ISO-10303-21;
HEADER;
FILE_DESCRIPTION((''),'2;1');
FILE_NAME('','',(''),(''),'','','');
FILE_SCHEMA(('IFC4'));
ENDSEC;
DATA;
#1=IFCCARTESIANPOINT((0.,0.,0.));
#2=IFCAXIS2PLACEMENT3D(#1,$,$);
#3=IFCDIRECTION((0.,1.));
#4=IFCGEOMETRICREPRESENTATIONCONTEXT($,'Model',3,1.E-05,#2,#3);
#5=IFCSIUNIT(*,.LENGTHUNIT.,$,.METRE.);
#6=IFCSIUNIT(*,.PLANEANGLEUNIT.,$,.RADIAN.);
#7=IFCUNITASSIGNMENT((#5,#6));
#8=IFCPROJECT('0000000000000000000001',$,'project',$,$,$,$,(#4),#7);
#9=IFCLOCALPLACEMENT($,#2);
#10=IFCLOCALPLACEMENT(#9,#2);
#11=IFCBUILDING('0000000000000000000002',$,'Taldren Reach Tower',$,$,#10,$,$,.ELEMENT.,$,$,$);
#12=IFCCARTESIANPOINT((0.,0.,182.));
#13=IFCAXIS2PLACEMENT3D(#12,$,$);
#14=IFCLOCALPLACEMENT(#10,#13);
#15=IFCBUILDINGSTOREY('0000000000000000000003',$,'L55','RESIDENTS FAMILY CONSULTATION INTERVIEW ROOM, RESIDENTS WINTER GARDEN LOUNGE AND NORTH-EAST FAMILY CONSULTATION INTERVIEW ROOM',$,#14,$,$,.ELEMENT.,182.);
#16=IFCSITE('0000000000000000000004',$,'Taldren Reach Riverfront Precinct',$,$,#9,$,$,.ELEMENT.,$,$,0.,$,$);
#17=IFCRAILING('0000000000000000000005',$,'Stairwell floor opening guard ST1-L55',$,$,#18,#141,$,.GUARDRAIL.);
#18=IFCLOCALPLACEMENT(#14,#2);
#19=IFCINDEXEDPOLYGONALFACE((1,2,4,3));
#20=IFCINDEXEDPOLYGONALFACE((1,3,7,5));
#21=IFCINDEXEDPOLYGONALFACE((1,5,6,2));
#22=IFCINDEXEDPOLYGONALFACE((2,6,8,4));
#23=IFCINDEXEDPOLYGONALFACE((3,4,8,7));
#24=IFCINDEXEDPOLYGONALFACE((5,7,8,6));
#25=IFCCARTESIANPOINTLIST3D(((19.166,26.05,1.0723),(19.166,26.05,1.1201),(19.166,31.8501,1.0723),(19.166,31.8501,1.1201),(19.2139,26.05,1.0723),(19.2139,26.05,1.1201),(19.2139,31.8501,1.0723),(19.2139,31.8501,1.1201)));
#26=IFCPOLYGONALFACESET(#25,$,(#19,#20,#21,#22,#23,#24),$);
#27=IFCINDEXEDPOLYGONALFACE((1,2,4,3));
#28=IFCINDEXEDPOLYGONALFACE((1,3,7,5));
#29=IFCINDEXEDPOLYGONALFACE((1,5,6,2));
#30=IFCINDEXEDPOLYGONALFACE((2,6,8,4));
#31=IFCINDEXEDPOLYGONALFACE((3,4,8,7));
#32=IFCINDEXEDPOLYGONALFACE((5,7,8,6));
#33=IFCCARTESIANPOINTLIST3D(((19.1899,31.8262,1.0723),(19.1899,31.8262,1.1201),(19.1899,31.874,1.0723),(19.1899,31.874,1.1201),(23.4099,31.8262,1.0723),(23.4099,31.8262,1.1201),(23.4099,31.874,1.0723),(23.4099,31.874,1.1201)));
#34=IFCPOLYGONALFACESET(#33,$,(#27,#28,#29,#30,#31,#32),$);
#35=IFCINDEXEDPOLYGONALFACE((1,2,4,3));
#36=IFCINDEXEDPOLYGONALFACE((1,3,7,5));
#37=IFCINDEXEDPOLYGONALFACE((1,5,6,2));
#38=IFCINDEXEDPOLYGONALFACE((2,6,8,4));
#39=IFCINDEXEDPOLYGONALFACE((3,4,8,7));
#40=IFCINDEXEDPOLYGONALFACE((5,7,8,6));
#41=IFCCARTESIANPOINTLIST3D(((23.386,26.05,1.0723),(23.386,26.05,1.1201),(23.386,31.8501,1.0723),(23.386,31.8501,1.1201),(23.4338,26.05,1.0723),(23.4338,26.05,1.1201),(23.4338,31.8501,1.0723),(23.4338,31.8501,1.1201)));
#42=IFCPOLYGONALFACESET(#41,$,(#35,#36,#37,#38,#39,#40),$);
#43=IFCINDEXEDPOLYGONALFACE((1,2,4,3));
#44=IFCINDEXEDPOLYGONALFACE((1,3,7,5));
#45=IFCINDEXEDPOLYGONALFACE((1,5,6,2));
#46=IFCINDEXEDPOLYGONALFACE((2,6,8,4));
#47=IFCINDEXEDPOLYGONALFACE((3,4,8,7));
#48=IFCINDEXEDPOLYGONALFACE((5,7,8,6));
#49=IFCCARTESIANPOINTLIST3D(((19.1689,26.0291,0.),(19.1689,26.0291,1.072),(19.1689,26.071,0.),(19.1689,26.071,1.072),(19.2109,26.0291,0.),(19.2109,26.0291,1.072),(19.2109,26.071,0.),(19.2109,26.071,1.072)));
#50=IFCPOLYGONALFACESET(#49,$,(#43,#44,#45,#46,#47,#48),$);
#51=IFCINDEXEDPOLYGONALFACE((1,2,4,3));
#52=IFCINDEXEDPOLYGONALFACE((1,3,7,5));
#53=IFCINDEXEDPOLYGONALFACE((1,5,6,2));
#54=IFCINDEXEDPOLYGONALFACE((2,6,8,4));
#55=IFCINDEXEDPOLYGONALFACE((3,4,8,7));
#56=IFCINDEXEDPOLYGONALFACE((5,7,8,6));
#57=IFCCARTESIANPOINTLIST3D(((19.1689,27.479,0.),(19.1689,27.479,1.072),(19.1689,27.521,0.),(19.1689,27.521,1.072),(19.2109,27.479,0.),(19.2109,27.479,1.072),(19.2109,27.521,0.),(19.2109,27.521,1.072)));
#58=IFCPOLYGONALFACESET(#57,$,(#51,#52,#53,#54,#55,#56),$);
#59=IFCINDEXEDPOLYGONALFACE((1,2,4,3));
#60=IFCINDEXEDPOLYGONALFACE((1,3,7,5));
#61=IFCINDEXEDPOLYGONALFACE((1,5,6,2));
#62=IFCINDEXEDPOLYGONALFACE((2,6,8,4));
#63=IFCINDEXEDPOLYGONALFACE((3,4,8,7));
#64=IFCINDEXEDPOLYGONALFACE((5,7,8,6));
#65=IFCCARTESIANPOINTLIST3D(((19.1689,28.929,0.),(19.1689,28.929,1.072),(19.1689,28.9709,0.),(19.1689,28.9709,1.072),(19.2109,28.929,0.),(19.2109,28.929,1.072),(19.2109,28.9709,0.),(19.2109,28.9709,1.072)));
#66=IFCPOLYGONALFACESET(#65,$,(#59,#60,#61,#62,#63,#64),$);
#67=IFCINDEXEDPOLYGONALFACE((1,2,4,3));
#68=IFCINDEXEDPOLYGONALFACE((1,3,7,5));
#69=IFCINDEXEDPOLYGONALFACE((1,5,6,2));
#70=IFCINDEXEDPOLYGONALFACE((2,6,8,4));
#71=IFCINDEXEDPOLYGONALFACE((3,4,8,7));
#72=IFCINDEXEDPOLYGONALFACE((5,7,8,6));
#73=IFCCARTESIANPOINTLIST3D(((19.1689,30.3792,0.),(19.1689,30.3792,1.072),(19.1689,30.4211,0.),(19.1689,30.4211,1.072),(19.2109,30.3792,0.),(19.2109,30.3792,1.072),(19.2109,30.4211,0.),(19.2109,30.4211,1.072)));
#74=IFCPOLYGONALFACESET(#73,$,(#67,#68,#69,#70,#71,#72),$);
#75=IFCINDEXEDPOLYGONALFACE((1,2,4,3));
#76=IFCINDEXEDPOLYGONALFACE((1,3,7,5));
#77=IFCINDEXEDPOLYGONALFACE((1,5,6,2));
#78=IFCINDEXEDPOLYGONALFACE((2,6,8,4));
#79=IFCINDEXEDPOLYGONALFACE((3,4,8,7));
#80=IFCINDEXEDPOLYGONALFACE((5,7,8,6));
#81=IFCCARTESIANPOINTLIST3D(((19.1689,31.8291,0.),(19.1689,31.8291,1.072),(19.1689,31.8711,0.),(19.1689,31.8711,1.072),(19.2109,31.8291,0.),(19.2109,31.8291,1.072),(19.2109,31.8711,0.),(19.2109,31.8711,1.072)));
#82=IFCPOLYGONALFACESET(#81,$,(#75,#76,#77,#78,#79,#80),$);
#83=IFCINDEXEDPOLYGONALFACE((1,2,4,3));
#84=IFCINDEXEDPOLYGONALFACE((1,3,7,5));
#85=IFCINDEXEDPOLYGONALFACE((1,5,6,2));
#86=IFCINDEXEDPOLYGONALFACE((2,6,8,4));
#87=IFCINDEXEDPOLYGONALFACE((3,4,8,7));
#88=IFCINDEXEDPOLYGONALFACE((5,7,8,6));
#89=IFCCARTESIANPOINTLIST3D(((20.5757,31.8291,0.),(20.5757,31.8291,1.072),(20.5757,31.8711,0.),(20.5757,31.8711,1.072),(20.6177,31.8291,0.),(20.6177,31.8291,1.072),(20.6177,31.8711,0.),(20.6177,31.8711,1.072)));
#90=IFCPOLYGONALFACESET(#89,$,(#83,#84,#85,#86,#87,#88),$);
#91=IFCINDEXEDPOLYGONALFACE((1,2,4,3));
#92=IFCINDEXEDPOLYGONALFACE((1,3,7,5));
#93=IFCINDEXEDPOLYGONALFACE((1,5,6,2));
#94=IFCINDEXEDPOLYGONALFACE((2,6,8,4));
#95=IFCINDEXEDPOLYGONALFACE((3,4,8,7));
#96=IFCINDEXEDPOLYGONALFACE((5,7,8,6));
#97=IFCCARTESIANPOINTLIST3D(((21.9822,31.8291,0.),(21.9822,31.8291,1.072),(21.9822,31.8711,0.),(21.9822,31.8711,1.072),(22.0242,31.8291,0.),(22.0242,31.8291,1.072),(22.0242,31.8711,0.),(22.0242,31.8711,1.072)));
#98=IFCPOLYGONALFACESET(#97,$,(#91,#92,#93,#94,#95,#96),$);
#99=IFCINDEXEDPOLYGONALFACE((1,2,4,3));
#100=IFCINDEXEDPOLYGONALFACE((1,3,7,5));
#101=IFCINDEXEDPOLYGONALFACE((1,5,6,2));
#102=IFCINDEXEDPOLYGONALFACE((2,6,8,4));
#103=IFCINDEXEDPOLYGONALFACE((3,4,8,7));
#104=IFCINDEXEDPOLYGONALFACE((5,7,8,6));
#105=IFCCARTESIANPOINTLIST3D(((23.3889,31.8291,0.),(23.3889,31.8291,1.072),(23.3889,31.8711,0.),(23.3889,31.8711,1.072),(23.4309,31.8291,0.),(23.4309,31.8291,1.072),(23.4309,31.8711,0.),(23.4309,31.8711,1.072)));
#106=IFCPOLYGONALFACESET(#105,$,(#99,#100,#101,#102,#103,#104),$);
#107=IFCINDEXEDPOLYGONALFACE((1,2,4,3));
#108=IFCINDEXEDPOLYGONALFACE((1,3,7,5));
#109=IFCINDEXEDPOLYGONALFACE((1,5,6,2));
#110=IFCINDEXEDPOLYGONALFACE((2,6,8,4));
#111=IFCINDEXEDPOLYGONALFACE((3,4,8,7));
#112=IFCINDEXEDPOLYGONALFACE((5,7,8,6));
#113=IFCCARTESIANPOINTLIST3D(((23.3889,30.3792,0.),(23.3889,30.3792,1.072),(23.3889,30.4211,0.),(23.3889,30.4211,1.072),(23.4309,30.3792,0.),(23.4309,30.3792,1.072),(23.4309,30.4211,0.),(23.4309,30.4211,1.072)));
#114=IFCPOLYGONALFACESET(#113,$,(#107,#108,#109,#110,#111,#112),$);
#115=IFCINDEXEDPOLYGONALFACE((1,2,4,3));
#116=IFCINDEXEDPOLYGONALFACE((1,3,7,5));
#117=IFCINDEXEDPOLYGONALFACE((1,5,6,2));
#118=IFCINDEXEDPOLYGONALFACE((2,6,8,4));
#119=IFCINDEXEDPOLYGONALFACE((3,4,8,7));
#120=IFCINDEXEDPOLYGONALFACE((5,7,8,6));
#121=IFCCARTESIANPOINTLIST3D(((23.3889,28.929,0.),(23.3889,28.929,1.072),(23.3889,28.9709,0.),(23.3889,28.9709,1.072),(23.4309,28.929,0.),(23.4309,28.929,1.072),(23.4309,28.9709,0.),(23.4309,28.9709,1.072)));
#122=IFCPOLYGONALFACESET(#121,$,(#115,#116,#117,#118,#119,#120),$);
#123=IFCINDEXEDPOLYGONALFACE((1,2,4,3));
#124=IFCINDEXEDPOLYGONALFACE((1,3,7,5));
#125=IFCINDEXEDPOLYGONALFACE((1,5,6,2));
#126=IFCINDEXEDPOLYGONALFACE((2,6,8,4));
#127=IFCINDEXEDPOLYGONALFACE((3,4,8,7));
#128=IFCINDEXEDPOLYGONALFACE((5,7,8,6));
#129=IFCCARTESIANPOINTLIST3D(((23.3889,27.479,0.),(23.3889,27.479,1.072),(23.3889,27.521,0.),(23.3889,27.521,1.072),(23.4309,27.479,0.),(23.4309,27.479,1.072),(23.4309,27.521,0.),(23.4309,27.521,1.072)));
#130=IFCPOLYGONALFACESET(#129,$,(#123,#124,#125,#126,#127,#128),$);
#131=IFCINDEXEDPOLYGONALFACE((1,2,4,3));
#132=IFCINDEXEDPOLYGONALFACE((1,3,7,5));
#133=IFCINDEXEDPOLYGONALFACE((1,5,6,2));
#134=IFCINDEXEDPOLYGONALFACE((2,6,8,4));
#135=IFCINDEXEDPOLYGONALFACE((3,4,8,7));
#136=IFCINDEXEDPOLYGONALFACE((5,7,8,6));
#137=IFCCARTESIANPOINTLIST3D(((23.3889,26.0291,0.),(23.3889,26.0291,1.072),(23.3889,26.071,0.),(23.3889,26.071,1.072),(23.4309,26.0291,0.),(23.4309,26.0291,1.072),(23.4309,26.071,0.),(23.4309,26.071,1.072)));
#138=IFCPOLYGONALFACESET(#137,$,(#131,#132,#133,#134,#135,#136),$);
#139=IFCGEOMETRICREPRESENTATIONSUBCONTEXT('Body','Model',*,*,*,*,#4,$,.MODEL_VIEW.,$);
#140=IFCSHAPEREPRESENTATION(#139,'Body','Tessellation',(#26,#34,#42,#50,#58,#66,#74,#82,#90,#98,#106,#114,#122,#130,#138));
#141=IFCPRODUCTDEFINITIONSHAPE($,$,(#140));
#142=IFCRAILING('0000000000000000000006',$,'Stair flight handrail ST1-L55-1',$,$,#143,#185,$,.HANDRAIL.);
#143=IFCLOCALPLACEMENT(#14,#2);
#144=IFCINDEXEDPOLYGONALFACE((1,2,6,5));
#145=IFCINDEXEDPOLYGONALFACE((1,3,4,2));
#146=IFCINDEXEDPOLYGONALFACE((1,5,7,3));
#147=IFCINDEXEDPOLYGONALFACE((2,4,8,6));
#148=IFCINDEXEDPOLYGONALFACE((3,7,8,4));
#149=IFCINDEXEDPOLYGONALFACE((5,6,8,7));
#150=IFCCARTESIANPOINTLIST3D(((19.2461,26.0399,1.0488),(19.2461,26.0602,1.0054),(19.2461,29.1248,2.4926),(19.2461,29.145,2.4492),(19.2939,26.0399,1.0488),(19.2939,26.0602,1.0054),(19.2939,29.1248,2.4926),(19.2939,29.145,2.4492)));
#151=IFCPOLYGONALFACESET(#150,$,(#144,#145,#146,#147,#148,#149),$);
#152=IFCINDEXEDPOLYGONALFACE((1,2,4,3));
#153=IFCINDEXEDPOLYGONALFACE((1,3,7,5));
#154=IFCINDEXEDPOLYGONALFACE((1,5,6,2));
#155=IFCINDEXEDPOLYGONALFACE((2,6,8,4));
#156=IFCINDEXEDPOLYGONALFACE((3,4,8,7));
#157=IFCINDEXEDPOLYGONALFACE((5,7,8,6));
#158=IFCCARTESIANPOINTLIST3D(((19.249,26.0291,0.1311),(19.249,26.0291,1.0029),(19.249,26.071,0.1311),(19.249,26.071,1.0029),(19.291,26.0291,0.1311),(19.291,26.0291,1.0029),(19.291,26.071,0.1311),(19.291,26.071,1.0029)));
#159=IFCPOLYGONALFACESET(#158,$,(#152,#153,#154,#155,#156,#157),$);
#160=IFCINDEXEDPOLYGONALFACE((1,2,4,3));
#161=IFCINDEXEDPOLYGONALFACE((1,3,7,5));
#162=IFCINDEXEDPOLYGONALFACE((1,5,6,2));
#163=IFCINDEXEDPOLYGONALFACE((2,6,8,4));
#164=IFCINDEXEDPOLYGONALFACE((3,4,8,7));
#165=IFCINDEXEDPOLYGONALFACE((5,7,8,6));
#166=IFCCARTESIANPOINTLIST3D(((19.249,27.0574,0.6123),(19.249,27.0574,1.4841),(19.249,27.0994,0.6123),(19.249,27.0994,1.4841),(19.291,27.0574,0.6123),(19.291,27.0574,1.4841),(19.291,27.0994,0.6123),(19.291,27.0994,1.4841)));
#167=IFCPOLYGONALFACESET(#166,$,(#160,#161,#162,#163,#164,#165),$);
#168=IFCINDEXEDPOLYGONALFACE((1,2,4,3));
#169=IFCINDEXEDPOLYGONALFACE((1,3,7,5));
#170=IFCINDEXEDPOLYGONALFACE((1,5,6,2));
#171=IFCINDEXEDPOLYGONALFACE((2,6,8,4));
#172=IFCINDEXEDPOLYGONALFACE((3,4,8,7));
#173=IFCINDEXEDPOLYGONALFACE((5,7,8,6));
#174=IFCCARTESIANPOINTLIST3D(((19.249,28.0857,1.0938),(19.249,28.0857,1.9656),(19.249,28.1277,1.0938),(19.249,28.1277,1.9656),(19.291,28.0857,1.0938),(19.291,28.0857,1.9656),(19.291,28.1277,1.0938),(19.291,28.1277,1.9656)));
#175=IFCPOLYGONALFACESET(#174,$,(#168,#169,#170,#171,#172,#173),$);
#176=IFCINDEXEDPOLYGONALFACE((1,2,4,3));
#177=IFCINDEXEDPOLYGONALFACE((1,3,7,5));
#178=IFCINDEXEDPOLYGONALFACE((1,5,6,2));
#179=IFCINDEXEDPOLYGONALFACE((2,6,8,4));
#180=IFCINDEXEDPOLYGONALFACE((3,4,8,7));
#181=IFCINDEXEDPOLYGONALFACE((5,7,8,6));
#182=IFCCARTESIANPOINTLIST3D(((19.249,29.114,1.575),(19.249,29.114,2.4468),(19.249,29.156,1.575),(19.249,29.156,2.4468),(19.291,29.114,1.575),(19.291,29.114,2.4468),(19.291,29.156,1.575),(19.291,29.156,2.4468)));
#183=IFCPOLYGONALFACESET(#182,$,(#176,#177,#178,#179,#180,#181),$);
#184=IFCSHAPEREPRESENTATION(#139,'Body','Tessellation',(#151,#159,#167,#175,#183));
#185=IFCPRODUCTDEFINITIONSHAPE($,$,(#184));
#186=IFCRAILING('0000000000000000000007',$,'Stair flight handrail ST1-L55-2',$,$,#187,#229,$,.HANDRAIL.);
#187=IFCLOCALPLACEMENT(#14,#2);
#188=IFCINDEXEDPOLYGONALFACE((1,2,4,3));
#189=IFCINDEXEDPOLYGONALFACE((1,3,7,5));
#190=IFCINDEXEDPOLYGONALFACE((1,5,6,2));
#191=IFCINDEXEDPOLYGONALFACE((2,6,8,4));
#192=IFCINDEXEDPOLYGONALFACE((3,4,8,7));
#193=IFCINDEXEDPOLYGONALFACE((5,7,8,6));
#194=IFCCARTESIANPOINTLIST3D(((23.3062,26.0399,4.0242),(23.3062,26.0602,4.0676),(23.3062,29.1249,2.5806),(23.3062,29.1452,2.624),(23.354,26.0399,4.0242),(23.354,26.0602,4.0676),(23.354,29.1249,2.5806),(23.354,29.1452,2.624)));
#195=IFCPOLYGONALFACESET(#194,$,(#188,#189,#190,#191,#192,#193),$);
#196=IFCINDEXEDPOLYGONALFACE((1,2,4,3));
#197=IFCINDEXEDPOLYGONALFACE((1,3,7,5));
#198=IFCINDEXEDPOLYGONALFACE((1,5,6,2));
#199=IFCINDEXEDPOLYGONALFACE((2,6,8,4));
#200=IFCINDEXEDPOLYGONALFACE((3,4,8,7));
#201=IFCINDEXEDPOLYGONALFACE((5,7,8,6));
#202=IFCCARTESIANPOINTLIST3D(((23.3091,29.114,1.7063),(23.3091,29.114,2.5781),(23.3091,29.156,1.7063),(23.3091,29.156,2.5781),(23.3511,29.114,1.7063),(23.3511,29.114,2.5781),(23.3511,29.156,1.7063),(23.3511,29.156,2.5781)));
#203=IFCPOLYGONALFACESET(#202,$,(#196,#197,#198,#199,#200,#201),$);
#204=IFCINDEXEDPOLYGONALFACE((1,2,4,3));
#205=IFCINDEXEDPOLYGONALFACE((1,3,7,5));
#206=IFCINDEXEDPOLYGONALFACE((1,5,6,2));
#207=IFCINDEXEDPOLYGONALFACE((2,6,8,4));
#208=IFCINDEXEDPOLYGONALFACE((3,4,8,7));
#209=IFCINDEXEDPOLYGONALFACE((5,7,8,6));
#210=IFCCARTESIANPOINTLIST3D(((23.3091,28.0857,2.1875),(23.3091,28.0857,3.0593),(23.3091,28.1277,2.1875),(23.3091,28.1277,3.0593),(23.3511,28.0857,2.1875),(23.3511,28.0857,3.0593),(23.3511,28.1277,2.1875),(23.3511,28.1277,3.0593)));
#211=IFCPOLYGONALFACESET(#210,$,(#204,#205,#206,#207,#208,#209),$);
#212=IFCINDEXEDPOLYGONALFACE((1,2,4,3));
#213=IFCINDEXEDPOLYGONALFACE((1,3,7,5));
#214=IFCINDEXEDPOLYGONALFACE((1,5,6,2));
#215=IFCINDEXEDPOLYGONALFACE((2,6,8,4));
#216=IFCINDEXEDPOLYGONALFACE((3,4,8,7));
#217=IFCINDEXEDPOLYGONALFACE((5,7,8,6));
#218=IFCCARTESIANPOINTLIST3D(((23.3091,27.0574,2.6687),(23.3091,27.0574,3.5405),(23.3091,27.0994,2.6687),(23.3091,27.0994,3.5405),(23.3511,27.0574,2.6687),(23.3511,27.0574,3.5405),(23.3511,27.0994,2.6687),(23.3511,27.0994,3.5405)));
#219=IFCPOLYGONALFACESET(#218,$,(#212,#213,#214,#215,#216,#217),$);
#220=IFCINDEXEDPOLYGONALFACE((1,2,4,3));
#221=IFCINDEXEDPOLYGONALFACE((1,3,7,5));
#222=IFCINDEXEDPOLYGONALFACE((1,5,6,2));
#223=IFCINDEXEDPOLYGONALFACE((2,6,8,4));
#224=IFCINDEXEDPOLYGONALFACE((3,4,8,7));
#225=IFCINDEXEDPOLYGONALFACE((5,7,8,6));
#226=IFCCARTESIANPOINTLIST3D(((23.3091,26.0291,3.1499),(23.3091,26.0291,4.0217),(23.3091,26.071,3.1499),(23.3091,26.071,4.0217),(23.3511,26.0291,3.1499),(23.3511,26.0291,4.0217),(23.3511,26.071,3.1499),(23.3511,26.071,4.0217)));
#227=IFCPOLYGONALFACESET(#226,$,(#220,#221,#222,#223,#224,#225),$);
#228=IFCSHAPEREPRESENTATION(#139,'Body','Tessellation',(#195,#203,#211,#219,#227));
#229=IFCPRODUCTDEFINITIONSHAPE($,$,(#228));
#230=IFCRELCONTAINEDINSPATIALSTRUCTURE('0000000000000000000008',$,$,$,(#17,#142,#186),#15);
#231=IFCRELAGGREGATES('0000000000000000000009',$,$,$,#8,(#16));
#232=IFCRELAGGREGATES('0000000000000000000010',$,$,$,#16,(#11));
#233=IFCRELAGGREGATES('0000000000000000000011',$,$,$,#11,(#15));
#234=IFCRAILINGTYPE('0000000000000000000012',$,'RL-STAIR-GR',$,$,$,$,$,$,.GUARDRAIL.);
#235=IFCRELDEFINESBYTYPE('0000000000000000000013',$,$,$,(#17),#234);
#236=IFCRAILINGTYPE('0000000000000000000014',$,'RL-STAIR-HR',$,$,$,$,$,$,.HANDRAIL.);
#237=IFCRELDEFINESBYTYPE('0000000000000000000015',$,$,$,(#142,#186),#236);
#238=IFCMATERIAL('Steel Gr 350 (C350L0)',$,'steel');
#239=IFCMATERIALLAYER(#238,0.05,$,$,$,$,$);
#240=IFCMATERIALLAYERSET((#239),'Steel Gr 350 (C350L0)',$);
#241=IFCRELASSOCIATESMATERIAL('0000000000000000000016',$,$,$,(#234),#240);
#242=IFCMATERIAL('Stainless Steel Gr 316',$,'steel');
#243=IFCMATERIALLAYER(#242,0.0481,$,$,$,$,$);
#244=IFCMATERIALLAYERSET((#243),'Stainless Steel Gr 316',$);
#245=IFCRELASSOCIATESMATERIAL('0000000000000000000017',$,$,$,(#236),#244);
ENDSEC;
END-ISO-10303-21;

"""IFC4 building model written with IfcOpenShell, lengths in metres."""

from ifc_helpers import new_model, si_unit, direction, frame, origin, origin_2d, place, context, subcontext, project, spatial, rectangle, extrude, material, layer, layer_set, type_object, element, save


model = new_model("IFC4")

# Units and contexts
model_context = context("Model", 3, precision=1e-05, world=origin(), true_north=direction((0.0, 1.0)))
body_context = subcontext(model_context, "Body", "Model", "MODEL_VIEW")
ifc_project = project(units=[si_unit("LENGTHUNIT", "METRE"), si_unit("PLANEANGLEUNIT", "RADIAN")], contexts=[model_context])

# Site, building, storey
site_placement = place(None, origin())
site = spatial("IfcSite", under=ifc_project, at=site_placement, Name="Taldren Reach Riverfront Precinct", CompositionType="ELEMENT", RefElevation=0.0)
building_placement = place(site_placement, origin())
building = spatial("IfcBuilding", under=site, at=building_placement, Name="Taldren Reach Tower", CompositionType="ELEMENT")
storey_placement = place(building_placement, frame((0.0, 0.0, 182.0)))
storey = spatial("IfcBuildingStorey", under=building, at=storey_placement, Name="L55", Description="RESIDENTS FAMILY CONSULTATION INTERVIEW ROOM, RESIDENTS WINTER GARDEN LOUNGE AND NORTH-EAST FAMILY CONSULTATION INTERVIEW ROOM", CompositionType="ELEMENT", Elevation=182.0)

# Shared definitions
ifc_material_1 = material(Name="Steel Gr 350 (C350L0)", Category="steel")

# Railings
ifc_layer_1 = layer(ifc_material_1, 0.05)
ifc_layer_set_1 = layer_set([ifc_layer_1], Name="Steel Gr 350 (C350L0)")
railing_type_1 = type_object("IfcRailingType", Name="RL-STAIR-GR", PredefinedType="GUARDRAIL", material=ifc_layer_set_1)
railing_1_placement = place(storey_placement, frame((19.1899, 26.05, 0.0)))
element("IfcRailing", 1, at=railing_1_placement, inside=storey, type_object=railing_type_1, Name="Stairwell floor opening guard ST1-L55", PredefinedType="GUARDRAIL", context=body_context, shape_type="SweptSolid", body=[
    extrude(rectangle(XDim=0.0479, YDim=0.0479, at=origin_2d()), frame((0.0, 0.0, 1.0962), z_axis=(0.0, 1.0, 0.0), x_axis=(-1.0, 0.0, 0.0)), (0.0, 0.0, 1.0), 5.8),
    extrude(rectangle(XDim=0.0479, YDim=0.0479, at=origin_2d()), frame((0.0, 5.8, 1.0962), z_axis=(1.0, 0.0, 0.0), x_axis=(0.0, 1.0, 0.0)), (0.0, 0.0, 1.0), 4.22),
    extrude(rectangle(XDim=0.0479, YDim=0.0479, at=origin_2d()), frame((4.22, 5.8, 1.0962), z_axis=(0.0, -1.0, 0.0), x_axis=(1.0, 0.0, 0.0)), (0.0, 0.0, 1.0), 5.8),
    extrude(rectangle(XDim=0.042, YDim=0.042, at=origin_2d()), origin(), (0.0, 0.0, 1.0), 1.072),
    extrude(rectangle(XDim=0.042, YDim=0.042, at=origin_2d()), frame((0.0, 1.45, 0.0)), (0.0, 0.0, 1.0), 1.072),
    extrude(rectangle(XDim=0.042, YDim=0.042, at=origin_2d()), frame((0.0, 2.8999, 0.0)), (0.0, 0.0, 1.0), 1.072),
    extrude(rectangle(XDim=0.042, YDim=0.042, at=origin_2d()), frame((0.0, 4.3501, 0.0)), (0.0, 0.0, 1.0), 1.072),
    extrude(rectangle(XDim=0.042, YDim=0.042, at=origin_2d()), frame((0.0, 5.8, 0.0)), (0.0, 0.0, 1.0), 1.072),
    extrude(rectangle(XDim=0.042, YDim=0.042, at=origin_2d()), frame((1.4067, 5.8, 0.0)), (0.0, 0.0, 1.0), 1.072),
    extrude(rectangle(XDim=0.042, YDim=0.042, at=origin_2d()), frame((2.8132, 5.8, 0.0)), (0.0, 0.0, 1.0), 1.072),
    extrude(rectangle(XDim=0.042, YDim=0.042, at=origin_2d()), frame((4.22, 5.8, 0.0)), (0.0, 0.0, 1.0), 1.072),
    extrude(rectangle(XDim=0.042, YDim=0.042, at=origin_2d()), frame((4.22, 4.3501, 0.0)), (0.0, 0.0, 1.0), 1.072),
    extrude(rectangle(XDim=0.042, YDim=0.042, at=origin_2d()), frame((4.22, 2.8999, 0.0)), (0.0, 0.0, 1.0), 1.072),
    extrude(rectangle(XDim=0.042, YDim=0.042, at=origin_2d()), frame((4.22, 1.45, 0.0)), (0.0, 0.0, 1.0), 1.072),
    extrude(rectangle(XDim=0.042, YDim=0.042, at=origin_2d()), frame((4.22, 0.0, 0.0)), (0.0, 0.0, 1.0), 1.072),
])
ifc_material_2 = material(Name="Stainless Steel Gr 316", Category="steel")
ifc_layer_2 = layer(ifc_material_2, 0.0481)
ifc_layer_set_2 = layer_set([ifc_layer_2], Name="Stainless Steel Gr 316")
railing_type_2 = type_object("IfcRailingType", Name="RL-STAIR-HR", PredefinedType="HANDRAIL", material=ifc_layer_set_2)
railing_2_placement = place(storey_placement, frame((19.27, 26.05, 0.1311)))
element("IfcRailing", 2, at=railing_2_placement, inside=storey, type_object=railing_type_2, Name="Stair flight handrail ST1-L55-1", PredefinedType="HANDRAIL", context=body_context, shape_type="SweptSolid", body=[
    extrude(rectangle(XDim=0.0479, YDim=0.0479, at=origin_2d()), frame((0.0, 0.0, 0.896), z_axis=(0.0, 0.90571, 0.423898), x_axis=(-1.0, 0.0, 0.0)), (0.0, 0.0, 1.0), 3.406),
    extrude(rectangle(XDim=0.042, YDim=0.042, at=origin_2d()), origin(), (0.0, 0.0, 1.0), 0.8718),
    extrude(rectangle(XDim=0.042, YDim=0.042, at=origin_2d()), frame((0.0, 1.0283, 0.4812)), (0.0, 0.0, 1.0), 0.8718),
    extrude(rectangle(XDim=0.042, YDim=0.042, at=origin_2d()), frame((0.0, 2.0566, 0.9626)), (0.0, 0.0, 1.0), 0.8718),
    extrude(rectangle(XDim=0.042, YDim=0.042, at=origin_2d()), frame((0.0, 3.085, 1.4438)), (0.0, 0.0, 1.0), 0.8718),
])
railing_3_placement = place(storey_placement, frame((23.3301, 29.135, 1.7063)))
element("IfcRailing", 3, at=railing_3_placement, inside=storey, type_object=railing_type_2, Name="Stair flight handrail ST1-L55-2", PredefinedType="HANDRAIL", context=body_context, shape_type="SweptSolid", body=[
    extrude(rectangle(XDim=0.0479, YDim=0.0479, at=origin_2d()), frame((0.0, 0.0, 0.896), z_axis=(0.0, -0.905738, 0.423839), x_axis=(1.0, 0.0, 0.0)), (0.0, 0.0, 1.0), 3.406),
    extrude(rectangle(XDim=0.042, YDim=0.042, at=origin_2d()), origin(), (0.0, 0.0, 1.0), 0.8718),
    extrude(rectangle(XDim=0.042, YDim=0.042, at=origin_2d()), frame((0.0, -1.0283, 0.4812)), (0.0, 0.0, 1.0), 0.8718),
    extrude(rectangle(XDim=0.042, YDim=0.042, at=origin_2d()), frame((0.0, -2.0566, 0.9624)), (0.0, 0.0, 1.0), 0.8718),
    extrude(rectangle(XDim=0.042, YDim=0.042, at=origin_2d()), frame((0.0, -3.085, 1.4436)), (0.0, 0.0, 1.0), 0.8718),
])

save(model, "model.ifc")
